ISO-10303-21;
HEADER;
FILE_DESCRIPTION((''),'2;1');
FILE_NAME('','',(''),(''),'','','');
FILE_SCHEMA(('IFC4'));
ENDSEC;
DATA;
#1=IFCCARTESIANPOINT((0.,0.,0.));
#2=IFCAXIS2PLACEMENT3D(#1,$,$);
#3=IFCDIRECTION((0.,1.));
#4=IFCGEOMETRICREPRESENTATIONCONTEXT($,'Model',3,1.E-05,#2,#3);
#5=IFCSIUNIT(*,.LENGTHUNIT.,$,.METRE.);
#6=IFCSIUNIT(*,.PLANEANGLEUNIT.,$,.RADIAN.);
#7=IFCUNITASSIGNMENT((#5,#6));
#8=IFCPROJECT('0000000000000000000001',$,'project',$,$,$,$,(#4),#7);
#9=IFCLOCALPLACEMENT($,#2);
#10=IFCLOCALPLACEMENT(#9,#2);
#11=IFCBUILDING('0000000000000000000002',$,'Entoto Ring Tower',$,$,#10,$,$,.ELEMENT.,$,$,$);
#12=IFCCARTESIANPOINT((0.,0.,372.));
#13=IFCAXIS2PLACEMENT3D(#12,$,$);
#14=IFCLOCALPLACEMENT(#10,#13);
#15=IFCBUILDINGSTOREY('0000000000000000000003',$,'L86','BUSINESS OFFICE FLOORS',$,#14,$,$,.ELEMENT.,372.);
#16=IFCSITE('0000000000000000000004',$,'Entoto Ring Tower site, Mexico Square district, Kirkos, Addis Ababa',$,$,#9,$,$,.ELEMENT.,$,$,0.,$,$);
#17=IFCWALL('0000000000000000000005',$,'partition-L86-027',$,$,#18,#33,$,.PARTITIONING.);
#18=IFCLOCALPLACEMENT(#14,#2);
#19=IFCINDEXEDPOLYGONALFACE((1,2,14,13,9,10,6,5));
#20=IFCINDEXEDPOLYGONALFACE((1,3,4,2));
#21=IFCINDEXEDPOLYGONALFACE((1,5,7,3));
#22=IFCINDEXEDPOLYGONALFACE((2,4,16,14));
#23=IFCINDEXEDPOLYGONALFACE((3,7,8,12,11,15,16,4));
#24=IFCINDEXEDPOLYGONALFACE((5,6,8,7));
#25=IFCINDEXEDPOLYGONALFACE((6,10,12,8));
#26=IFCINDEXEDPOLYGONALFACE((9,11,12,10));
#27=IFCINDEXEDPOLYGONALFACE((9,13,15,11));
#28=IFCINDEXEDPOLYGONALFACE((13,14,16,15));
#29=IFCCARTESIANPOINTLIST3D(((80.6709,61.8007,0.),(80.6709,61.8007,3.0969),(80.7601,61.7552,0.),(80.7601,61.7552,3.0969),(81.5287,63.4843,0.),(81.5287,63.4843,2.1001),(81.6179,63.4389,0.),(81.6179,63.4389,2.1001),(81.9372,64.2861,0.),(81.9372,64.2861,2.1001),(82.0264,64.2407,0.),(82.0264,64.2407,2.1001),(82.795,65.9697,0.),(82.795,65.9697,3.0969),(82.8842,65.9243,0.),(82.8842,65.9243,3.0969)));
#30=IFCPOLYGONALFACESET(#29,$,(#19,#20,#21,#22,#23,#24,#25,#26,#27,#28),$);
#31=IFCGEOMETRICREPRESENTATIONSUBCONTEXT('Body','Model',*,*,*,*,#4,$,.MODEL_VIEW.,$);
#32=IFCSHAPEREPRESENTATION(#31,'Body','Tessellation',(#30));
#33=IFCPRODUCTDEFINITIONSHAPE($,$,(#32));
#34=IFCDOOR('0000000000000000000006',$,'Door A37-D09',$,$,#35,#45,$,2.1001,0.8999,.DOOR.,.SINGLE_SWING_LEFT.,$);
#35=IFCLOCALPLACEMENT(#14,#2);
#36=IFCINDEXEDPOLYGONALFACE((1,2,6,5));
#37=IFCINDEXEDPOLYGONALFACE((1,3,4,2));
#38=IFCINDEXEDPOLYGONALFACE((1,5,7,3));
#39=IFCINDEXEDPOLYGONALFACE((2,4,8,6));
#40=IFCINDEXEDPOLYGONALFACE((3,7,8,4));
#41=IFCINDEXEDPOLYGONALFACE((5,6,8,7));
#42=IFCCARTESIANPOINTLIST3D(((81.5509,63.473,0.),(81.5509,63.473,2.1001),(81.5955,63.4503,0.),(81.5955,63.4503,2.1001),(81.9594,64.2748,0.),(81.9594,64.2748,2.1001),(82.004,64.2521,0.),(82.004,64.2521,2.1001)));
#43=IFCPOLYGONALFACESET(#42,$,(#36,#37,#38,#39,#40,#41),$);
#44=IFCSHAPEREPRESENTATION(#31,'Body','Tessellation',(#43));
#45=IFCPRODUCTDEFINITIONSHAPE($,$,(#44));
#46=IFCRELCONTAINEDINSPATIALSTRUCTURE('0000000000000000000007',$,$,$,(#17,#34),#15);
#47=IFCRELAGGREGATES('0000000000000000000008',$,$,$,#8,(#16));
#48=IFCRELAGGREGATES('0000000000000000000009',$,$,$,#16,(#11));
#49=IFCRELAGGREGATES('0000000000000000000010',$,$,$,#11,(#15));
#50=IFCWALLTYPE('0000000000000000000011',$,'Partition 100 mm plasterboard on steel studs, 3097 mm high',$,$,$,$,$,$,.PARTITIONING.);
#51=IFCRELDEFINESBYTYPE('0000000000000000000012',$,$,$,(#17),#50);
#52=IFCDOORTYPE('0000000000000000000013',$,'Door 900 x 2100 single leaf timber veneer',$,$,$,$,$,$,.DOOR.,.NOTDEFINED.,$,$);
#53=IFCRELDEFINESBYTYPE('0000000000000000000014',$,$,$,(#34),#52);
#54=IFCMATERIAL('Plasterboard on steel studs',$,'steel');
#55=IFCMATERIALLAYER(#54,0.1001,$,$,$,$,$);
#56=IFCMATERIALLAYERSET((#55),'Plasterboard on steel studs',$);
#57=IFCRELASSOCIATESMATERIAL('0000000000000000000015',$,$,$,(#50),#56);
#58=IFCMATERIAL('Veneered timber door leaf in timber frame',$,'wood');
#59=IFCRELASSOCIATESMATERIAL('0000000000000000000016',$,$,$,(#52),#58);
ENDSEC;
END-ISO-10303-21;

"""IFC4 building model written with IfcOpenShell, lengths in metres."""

from ifc_helpers import new_model, si_unit, direction, frame, frame_2d, origin, place, context, subcontext, project, spatial, rectangle, extrude, material, layer, layer_set, type_object, element, fill, save


model = new_model("IFC4")

# Units and contexts
model_context = context("Model", 3, precision=1e-05, world=origin(), true_north=direction((0.0, 1.0)))
body_context = subcontext(model_context, "Body", "Model", "MODEL_VIEW")
ifc_project = project(units=[si_unit("LENGTHUNIT", "METRE"), si_unit("PLANEANGLEUNIT", "RADIAN")], contexts=[model_context])

# Site, building, storey
site_placement = place(None, origin())
site = spatial("IfcSite", under=ifc_project, at=site_placement, Name="Entoto Ring Tower site, Mexico Square district, Kirkos, Addis Ababa", CompositionType="ELEMENT", RefElevation=0.0)
building_placement = place(site_placement, origin())
building = spatial("IfcBuilding", under=site, at=building_placement, Name="Entoto Ring Tower", CompositionType="ELEMENT")
storey_placement = place(building_placement, frame((0.0, 0.0, 372.0)))
storey = spatial("IfcBuildingStorey", under=building, at=storey_placement, Name="L86", Description="BUSINESS OFFICE FLOORS", CompositionType="ELEMENT", Elevation=372.0)

# Wall, opening, door
ifc_material_1 = material(Name="Plasterboard on steel studs", Category="steel")
ifc_layer_1 = layer(ifc_material_1, 0.1001)
ifc_layer_set_1 = layer_set([ifc_layer_1], Name="Plasterboard on steel studs")
wall_type_1 = type_object("IfcWallType", Name="Partition 100 mm plasterboard on steel studs, 3097 mm high", PredefinedType="PARTITIONING", material=ifc_layer_set_1)
wall_1_placement = place(storey_placement, frame((80.7156, 61.7781, 0.0), z_axis=(0.0, 0.0, 1.0), x_axis=(0.453963, 0.89102, 0.0)))
wall_1 = element("IfcWall", 1, at=wall_1_placement, inside=storey, type_object=wall_type_1, Name="partition-L86-027", PredefinedType="PARTITIONING", context=body_context, shape_type="SweptSolid", body=[
    extrude(rectangle(XDim=4.679, YDim=0.1001, at=frame_2d((2.3394, 0.0))), origin(), (0.0, 0.0, 1.0), 3.0969),
])
opening_1_placement = place(wall_1_placement, frame((1.8894, 0.0, 0.0)))
opening_1 = element("IfcOpeningElement", 2, at=opening_1_placement, cuts=wall_1, PredefinedType="OPENING", context=body_context, shape_type="SweptSolid", body=[
    extrude(rectangle(XDim=0.8999, YDim=2.1001, at=frame_2d((0.45, 1.05))), frame((0.0, 0.0601, 0.0), z_axis=(0.0, -1.0, 0.0), x_axis=(1.0, 0.0, 0.0)), (0.0, 0.0, 1.0), 0.1201),
])
ifc_material_2 = material(Name="Veneered timber door leaf in timber frame", Category="wood")
door_type_1 = type_object("IfcDoorType", Name="Door 900 x 2100 single leaf timber veneer", OperationType="NOTDEFINED", PredefinedType="DOOR", material=ifc_material_2)
door_1_placement = place(opening_1_placement, frame((0.8999, 0.0, 0.0), z_axis=(0.0, 0.0, 1.0), x_axis=(-1.0, 0.0, 0.0)))
door_1 = element("IfcDoor", 3, at=door_1_placement, inside=storey, type_object=door_type_1, Name="Door A37-D09", OperationType="SINGLE_SWING_LEFT", OverallHeight=2.1001, OverallWidth=0.8999, PredefinedType="DOOR", context=body_context, shape_type="SweptSolid", body=[
    extrude(rectangle(XDim=0.8999, YDim=2.1001, at=frame_2d((0.45, 1.05))), frame((0.0, 0.0249, 0.0), z_axis=(0.0, -1.0, 0.0), x_axis=(1.0, 0.0, 0.0)), (0.0, 0.0, 1.0), 0.05),
])
fill(opening_1, door_1)

save(model, "model.ifc")
